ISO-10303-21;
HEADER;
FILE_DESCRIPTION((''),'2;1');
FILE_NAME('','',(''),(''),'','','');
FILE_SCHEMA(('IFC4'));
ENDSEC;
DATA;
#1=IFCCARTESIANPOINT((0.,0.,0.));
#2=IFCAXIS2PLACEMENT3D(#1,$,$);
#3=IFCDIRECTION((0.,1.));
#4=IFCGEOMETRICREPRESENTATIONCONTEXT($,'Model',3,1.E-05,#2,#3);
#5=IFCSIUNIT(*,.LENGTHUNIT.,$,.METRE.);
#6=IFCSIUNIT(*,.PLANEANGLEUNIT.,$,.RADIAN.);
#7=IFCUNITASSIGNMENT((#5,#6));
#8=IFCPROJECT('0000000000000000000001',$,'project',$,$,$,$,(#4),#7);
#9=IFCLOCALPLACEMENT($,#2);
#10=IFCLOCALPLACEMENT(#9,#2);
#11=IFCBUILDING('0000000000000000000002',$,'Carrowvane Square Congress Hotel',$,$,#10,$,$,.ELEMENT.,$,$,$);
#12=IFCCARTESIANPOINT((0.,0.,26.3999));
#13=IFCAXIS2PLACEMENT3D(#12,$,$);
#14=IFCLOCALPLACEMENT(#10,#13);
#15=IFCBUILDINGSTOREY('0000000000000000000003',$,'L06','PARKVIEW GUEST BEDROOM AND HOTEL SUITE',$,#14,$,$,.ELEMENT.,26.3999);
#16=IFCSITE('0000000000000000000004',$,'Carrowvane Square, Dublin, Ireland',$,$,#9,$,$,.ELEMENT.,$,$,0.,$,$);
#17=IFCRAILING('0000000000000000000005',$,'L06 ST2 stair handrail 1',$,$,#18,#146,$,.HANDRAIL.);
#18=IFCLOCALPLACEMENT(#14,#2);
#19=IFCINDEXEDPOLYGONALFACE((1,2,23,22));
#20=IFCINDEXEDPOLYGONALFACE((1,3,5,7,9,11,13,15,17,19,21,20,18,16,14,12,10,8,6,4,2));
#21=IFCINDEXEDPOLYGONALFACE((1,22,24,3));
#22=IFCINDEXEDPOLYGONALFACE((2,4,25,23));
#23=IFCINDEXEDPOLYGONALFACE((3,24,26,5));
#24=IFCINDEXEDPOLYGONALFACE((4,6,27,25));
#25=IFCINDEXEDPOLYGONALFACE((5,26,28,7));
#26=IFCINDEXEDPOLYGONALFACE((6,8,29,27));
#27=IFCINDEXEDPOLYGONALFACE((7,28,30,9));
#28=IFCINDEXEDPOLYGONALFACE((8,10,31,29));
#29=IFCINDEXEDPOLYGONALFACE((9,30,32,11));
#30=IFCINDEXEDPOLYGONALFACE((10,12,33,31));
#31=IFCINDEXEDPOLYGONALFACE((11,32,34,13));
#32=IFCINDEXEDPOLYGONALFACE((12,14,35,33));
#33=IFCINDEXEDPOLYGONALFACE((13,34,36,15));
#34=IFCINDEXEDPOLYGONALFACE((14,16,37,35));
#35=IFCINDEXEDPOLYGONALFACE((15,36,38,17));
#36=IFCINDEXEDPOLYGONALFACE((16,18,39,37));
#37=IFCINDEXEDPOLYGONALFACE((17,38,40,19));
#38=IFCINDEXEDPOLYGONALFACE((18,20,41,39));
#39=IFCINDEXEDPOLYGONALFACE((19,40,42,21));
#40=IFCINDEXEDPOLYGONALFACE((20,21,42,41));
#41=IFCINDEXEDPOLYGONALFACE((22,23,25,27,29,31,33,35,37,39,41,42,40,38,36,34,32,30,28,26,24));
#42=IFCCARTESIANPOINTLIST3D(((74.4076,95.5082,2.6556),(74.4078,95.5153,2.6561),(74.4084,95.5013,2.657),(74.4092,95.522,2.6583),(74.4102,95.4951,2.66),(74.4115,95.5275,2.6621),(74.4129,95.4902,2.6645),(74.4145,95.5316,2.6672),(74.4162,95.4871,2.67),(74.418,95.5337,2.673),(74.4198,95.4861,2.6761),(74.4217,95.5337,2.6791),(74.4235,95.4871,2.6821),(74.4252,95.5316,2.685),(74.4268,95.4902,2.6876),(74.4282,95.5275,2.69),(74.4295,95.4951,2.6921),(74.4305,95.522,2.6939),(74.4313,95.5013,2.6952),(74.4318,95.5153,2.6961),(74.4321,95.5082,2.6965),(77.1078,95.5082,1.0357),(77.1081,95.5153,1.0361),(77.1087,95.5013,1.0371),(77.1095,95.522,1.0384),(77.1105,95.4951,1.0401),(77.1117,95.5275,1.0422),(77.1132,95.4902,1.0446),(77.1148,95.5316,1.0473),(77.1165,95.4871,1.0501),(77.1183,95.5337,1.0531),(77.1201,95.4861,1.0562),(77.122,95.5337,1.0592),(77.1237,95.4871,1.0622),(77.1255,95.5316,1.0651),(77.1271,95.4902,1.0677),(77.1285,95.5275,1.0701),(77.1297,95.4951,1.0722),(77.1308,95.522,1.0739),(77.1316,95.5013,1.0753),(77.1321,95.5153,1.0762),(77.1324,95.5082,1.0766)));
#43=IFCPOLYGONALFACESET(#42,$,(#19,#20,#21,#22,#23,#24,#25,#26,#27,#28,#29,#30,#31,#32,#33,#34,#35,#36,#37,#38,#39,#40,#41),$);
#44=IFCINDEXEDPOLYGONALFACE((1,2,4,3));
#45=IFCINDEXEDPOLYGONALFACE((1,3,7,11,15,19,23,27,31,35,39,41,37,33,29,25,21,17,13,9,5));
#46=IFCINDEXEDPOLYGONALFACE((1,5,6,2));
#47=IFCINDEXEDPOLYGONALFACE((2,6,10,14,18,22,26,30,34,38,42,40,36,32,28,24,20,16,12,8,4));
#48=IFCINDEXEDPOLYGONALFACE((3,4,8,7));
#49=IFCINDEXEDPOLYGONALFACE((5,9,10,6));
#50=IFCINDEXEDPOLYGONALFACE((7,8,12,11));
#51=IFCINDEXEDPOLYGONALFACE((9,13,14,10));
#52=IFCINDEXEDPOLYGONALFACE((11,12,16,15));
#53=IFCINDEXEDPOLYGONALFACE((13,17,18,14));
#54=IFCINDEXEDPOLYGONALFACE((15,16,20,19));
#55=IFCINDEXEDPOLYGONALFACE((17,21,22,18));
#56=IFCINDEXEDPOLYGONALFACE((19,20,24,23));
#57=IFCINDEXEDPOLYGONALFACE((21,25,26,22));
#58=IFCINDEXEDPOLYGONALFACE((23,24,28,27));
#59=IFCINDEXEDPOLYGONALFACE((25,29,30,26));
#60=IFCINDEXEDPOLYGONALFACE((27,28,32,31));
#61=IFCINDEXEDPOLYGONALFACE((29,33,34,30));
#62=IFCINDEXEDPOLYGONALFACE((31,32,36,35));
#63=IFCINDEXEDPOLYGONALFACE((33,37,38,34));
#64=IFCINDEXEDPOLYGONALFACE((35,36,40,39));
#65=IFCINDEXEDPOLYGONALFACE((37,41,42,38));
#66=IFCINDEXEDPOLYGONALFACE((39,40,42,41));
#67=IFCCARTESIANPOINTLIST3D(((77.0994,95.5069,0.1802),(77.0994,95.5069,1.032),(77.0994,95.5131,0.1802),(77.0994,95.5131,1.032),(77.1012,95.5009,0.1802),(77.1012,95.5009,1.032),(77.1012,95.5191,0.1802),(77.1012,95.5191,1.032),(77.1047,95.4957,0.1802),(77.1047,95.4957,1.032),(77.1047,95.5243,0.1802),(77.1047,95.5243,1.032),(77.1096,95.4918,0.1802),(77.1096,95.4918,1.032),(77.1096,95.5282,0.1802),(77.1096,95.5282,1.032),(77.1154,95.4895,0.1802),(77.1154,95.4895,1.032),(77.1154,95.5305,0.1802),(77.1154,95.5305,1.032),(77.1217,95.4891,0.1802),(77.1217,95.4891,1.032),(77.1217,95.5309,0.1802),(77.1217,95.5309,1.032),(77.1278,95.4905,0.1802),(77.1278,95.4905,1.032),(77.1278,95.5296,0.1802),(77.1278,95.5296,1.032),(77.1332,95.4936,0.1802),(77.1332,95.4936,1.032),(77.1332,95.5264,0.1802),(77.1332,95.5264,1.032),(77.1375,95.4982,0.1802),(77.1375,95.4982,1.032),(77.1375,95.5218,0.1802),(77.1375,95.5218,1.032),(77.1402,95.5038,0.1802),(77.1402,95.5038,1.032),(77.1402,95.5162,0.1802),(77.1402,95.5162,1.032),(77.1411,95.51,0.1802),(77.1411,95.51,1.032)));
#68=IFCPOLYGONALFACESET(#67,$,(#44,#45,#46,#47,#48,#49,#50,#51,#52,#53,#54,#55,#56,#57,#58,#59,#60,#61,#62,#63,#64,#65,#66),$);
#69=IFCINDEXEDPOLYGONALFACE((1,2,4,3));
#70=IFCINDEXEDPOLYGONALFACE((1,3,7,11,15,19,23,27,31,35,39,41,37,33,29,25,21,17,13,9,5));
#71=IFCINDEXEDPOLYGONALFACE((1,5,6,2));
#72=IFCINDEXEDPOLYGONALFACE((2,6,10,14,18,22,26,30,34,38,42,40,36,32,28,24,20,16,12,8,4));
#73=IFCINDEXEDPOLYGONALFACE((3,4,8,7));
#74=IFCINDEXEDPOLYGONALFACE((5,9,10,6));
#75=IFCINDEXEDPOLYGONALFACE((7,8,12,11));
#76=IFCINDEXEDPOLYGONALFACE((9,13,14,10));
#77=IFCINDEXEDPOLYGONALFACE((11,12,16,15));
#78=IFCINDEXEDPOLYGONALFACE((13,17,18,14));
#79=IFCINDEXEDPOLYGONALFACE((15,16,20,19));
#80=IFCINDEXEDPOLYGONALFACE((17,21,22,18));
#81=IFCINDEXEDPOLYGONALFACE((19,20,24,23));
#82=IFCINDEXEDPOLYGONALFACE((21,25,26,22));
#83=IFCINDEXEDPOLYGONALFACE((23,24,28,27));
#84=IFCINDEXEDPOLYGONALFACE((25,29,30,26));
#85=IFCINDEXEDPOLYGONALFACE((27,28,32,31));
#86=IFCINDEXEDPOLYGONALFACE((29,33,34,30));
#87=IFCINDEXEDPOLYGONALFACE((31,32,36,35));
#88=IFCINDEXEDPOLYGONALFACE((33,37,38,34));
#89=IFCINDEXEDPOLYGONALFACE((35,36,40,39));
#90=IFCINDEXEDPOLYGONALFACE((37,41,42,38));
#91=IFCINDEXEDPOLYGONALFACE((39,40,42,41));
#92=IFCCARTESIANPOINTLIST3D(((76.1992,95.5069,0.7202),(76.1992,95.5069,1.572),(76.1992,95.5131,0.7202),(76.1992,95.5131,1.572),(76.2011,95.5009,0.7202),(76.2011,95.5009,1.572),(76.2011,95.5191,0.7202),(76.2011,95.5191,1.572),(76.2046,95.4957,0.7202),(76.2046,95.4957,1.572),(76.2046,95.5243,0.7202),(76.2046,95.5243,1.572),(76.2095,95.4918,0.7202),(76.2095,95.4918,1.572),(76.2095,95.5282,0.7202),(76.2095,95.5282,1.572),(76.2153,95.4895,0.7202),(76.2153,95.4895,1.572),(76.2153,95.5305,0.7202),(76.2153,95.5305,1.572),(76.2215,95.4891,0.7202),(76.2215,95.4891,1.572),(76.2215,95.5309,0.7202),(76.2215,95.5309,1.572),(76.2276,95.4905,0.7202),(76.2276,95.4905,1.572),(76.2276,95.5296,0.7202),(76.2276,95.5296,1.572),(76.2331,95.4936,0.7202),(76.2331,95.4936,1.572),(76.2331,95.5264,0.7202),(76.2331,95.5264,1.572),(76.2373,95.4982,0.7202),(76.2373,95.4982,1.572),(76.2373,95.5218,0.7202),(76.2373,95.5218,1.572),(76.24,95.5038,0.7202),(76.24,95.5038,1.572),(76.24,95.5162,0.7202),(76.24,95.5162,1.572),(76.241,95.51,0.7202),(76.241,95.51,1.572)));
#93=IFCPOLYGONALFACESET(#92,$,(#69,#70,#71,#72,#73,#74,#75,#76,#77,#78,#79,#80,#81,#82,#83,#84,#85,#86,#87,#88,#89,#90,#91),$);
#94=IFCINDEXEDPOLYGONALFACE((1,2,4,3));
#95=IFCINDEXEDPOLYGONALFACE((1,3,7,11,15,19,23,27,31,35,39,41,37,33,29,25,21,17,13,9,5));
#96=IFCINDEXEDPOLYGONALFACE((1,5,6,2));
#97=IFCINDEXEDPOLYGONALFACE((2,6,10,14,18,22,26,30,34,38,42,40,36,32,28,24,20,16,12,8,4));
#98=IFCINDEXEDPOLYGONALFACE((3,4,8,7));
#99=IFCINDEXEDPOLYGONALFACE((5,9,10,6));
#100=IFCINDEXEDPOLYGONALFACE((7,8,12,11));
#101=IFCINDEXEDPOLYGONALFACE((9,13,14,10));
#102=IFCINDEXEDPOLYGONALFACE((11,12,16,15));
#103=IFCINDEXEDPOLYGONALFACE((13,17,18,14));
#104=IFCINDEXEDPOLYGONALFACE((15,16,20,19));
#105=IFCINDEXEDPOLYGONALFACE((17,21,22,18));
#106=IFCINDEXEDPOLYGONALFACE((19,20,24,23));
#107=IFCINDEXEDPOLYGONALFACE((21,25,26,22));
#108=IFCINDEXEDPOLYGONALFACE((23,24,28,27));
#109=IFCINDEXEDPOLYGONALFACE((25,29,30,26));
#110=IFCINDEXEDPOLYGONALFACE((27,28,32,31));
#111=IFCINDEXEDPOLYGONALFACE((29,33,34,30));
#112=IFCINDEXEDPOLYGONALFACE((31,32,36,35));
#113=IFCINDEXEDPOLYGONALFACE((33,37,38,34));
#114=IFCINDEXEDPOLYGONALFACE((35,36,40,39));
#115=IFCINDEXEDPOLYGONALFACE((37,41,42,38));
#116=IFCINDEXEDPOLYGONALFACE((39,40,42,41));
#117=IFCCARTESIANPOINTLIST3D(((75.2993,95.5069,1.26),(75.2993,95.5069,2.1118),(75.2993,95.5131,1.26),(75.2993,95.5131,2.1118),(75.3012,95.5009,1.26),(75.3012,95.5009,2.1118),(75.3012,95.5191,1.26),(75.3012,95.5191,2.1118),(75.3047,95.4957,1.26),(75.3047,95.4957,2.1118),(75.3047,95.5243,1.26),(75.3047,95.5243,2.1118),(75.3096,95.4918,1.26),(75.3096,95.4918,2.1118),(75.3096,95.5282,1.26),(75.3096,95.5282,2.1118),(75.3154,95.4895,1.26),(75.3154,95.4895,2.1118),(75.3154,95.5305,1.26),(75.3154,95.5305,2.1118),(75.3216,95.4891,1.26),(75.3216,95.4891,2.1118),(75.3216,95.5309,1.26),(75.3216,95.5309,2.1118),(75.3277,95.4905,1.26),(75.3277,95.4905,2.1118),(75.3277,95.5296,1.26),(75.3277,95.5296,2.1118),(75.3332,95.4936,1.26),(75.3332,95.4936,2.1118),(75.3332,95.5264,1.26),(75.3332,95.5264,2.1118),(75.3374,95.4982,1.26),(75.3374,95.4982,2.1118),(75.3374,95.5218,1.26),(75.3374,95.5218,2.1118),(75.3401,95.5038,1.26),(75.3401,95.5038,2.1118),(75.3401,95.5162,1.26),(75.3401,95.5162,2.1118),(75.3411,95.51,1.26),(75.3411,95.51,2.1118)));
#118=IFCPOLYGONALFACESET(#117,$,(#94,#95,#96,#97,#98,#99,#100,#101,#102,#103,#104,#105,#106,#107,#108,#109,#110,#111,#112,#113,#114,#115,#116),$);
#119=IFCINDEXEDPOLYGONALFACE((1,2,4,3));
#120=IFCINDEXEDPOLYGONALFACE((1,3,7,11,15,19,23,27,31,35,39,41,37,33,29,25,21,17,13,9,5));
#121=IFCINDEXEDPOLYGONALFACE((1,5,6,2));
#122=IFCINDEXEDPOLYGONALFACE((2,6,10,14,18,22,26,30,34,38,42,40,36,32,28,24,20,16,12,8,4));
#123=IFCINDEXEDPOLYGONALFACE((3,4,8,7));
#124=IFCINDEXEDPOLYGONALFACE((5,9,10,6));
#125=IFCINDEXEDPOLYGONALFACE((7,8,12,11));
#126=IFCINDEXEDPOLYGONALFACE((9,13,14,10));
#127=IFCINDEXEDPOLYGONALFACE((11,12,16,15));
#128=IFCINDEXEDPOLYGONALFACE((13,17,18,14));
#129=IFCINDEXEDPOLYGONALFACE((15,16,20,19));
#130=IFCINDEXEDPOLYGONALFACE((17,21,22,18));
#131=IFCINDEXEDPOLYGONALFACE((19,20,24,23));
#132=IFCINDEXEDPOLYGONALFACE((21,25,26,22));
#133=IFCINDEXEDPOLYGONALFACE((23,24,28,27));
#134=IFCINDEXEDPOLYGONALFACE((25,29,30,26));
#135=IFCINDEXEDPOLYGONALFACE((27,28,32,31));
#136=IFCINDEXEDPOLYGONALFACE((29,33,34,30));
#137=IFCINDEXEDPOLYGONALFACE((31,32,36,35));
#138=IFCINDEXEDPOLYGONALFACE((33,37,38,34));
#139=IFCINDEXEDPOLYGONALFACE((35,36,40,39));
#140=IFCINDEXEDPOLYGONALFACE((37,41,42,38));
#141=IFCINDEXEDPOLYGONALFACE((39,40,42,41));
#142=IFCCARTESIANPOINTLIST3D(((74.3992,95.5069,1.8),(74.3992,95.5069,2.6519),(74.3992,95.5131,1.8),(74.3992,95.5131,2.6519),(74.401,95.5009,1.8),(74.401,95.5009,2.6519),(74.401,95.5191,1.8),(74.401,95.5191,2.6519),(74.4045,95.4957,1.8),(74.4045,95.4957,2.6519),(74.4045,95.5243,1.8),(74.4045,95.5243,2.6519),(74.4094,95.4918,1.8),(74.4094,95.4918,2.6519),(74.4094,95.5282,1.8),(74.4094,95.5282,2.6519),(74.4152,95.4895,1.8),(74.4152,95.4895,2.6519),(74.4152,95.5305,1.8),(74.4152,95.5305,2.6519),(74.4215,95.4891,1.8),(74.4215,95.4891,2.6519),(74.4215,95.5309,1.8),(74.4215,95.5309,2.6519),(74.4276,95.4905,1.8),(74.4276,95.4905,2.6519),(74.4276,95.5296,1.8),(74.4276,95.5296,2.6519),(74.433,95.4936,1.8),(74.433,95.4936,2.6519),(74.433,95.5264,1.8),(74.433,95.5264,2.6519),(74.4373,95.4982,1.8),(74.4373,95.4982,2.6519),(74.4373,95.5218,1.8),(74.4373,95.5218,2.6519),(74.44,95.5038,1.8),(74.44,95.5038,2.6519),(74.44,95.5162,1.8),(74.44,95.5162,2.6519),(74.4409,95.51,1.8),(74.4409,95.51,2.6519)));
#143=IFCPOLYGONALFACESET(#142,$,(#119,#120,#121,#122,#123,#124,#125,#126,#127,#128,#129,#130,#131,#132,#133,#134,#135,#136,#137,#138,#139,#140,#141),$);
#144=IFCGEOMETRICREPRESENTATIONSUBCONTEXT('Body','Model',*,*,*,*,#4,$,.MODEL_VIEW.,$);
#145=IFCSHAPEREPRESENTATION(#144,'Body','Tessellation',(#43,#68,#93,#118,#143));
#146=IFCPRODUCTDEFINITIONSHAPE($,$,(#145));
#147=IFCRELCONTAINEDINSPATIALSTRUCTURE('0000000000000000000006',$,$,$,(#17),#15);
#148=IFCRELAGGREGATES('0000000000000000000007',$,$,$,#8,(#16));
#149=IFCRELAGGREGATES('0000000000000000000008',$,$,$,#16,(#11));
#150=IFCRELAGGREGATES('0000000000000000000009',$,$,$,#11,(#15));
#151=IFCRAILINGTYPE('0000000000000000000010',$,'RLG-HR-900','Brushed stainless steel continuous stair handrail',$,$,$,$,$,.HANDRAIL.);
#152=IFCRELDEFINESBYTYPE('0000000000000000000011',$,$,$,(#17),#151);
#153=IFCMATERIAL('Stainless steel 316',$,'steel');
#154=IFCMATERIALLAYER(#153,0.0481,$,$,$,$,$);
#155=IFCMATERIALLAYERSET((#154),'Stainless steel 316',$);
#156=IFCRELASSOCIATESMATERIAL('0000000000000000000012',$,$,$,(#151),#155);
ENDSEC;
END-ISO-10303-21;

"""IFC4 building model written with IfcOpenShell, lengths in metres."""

from ifc_helpers import new_model, si_unit, direction, frame, origin, origin_2d, place, context, subcontext, project, spatial, circle, extrude, material, layer, layer_set, type_object, element, save


model = new_model("IFC4")

# Units and contexts
model_context = context("Model", 3, precision=1e-05, world=origin(), true_north=direction((0.0, 1.0)))
body_context = subcontext(model_context, "Body", "Model", "MODEL_VIEW")
ifc_project = project(units=[si_unit("LENGTHUNIT", "METRE"), si_unit("PLANEANGLEUNIT", "RADIAN")], contexts=[model_context])

# Site, building, storey
site_placement = place(None, origin())
site = spatial("IfcSite", under=ifc_project, at=site_placement, Name="Carrowvane Square, Dublin, Ireland", CompositionType="ELEMENT", RefElevation=0.0)
building_placement = place(site_placement, origin())
building = spatial("IfcBuilding", under=site, at=building_placement, Name="Carrowvane Square Congress Hotel", CompositionType="ELEMENT")
storey_placement = place(building_placement, frame((0.0, 0.0, 26.3999)))
storey = spatial("IfcBuildingStorey", under=building, at=storey_placement, Name="L06", Description="PARKVIEW GUEST BEDROOM AND HOTEL SUITE", CompositionType="ELEMENT", Elevation=26.3999)

# Railing
ifc_material_1 = material(Name="Stainless steel 316", Category="steel")
ifc_layer_1 = layer(ifc_material_1, 0.0481)
ifc_layer_set_1 = layer_set([ifc_layer_1], Name="Stainless steel 316")
railing_type_1 = type_object("IfcRailingType", Name="RLG-HR-900", Description="Brushed stainless steel continuous stair handrail", PredefinedType="HANDRAIL", material=ifc_layer_set_1)
railing_1_placement = place(storey_placement, frame((77.1201, 95.51, 0.1802)))
element("IfcRailing", 1, at=railing_1_placement, inside=storey, type_object=railing_type_1, Name="L06 ST2 stair handrail 1", PredefinedType="HANDRAIL", context=body_context, shape_type="SweptSolid", body=[
    extrude(circle(Radius=0.0239, at=origin_2d()), frame((0.0, 0.0, 0.876), z_axis=(-0.857527, 0.0, 0.514439), x_axis=(0.0, -1.0, 0.0)), (0.0, 0.0, 1.0), 3.1489),
    extrude(circle(Radius=0.021, at=origin_2d()), origin(), (0.0, 0.0, 1.0), 0.8518),
    extrude(circle(Radius=0.021, at=origin_2d()), frame((-0.9001, 0.0, 0.54)), (0.0, 0.0, 1.0), 0.8518),
    extrude(circle(Radius=0.021, at=origin_2d()), frame((-1.8, 0.0, 1.0798)), (0.0, 0.0, 1.0), 0.8518),
    extrude(circle(Radius=0.021, at=origin_2d()), frame((-2.7002, 0.0, 1.6199)), (0.0, 0.0, 1.0), 0.8518),
])

save(model, "model.ifc")
